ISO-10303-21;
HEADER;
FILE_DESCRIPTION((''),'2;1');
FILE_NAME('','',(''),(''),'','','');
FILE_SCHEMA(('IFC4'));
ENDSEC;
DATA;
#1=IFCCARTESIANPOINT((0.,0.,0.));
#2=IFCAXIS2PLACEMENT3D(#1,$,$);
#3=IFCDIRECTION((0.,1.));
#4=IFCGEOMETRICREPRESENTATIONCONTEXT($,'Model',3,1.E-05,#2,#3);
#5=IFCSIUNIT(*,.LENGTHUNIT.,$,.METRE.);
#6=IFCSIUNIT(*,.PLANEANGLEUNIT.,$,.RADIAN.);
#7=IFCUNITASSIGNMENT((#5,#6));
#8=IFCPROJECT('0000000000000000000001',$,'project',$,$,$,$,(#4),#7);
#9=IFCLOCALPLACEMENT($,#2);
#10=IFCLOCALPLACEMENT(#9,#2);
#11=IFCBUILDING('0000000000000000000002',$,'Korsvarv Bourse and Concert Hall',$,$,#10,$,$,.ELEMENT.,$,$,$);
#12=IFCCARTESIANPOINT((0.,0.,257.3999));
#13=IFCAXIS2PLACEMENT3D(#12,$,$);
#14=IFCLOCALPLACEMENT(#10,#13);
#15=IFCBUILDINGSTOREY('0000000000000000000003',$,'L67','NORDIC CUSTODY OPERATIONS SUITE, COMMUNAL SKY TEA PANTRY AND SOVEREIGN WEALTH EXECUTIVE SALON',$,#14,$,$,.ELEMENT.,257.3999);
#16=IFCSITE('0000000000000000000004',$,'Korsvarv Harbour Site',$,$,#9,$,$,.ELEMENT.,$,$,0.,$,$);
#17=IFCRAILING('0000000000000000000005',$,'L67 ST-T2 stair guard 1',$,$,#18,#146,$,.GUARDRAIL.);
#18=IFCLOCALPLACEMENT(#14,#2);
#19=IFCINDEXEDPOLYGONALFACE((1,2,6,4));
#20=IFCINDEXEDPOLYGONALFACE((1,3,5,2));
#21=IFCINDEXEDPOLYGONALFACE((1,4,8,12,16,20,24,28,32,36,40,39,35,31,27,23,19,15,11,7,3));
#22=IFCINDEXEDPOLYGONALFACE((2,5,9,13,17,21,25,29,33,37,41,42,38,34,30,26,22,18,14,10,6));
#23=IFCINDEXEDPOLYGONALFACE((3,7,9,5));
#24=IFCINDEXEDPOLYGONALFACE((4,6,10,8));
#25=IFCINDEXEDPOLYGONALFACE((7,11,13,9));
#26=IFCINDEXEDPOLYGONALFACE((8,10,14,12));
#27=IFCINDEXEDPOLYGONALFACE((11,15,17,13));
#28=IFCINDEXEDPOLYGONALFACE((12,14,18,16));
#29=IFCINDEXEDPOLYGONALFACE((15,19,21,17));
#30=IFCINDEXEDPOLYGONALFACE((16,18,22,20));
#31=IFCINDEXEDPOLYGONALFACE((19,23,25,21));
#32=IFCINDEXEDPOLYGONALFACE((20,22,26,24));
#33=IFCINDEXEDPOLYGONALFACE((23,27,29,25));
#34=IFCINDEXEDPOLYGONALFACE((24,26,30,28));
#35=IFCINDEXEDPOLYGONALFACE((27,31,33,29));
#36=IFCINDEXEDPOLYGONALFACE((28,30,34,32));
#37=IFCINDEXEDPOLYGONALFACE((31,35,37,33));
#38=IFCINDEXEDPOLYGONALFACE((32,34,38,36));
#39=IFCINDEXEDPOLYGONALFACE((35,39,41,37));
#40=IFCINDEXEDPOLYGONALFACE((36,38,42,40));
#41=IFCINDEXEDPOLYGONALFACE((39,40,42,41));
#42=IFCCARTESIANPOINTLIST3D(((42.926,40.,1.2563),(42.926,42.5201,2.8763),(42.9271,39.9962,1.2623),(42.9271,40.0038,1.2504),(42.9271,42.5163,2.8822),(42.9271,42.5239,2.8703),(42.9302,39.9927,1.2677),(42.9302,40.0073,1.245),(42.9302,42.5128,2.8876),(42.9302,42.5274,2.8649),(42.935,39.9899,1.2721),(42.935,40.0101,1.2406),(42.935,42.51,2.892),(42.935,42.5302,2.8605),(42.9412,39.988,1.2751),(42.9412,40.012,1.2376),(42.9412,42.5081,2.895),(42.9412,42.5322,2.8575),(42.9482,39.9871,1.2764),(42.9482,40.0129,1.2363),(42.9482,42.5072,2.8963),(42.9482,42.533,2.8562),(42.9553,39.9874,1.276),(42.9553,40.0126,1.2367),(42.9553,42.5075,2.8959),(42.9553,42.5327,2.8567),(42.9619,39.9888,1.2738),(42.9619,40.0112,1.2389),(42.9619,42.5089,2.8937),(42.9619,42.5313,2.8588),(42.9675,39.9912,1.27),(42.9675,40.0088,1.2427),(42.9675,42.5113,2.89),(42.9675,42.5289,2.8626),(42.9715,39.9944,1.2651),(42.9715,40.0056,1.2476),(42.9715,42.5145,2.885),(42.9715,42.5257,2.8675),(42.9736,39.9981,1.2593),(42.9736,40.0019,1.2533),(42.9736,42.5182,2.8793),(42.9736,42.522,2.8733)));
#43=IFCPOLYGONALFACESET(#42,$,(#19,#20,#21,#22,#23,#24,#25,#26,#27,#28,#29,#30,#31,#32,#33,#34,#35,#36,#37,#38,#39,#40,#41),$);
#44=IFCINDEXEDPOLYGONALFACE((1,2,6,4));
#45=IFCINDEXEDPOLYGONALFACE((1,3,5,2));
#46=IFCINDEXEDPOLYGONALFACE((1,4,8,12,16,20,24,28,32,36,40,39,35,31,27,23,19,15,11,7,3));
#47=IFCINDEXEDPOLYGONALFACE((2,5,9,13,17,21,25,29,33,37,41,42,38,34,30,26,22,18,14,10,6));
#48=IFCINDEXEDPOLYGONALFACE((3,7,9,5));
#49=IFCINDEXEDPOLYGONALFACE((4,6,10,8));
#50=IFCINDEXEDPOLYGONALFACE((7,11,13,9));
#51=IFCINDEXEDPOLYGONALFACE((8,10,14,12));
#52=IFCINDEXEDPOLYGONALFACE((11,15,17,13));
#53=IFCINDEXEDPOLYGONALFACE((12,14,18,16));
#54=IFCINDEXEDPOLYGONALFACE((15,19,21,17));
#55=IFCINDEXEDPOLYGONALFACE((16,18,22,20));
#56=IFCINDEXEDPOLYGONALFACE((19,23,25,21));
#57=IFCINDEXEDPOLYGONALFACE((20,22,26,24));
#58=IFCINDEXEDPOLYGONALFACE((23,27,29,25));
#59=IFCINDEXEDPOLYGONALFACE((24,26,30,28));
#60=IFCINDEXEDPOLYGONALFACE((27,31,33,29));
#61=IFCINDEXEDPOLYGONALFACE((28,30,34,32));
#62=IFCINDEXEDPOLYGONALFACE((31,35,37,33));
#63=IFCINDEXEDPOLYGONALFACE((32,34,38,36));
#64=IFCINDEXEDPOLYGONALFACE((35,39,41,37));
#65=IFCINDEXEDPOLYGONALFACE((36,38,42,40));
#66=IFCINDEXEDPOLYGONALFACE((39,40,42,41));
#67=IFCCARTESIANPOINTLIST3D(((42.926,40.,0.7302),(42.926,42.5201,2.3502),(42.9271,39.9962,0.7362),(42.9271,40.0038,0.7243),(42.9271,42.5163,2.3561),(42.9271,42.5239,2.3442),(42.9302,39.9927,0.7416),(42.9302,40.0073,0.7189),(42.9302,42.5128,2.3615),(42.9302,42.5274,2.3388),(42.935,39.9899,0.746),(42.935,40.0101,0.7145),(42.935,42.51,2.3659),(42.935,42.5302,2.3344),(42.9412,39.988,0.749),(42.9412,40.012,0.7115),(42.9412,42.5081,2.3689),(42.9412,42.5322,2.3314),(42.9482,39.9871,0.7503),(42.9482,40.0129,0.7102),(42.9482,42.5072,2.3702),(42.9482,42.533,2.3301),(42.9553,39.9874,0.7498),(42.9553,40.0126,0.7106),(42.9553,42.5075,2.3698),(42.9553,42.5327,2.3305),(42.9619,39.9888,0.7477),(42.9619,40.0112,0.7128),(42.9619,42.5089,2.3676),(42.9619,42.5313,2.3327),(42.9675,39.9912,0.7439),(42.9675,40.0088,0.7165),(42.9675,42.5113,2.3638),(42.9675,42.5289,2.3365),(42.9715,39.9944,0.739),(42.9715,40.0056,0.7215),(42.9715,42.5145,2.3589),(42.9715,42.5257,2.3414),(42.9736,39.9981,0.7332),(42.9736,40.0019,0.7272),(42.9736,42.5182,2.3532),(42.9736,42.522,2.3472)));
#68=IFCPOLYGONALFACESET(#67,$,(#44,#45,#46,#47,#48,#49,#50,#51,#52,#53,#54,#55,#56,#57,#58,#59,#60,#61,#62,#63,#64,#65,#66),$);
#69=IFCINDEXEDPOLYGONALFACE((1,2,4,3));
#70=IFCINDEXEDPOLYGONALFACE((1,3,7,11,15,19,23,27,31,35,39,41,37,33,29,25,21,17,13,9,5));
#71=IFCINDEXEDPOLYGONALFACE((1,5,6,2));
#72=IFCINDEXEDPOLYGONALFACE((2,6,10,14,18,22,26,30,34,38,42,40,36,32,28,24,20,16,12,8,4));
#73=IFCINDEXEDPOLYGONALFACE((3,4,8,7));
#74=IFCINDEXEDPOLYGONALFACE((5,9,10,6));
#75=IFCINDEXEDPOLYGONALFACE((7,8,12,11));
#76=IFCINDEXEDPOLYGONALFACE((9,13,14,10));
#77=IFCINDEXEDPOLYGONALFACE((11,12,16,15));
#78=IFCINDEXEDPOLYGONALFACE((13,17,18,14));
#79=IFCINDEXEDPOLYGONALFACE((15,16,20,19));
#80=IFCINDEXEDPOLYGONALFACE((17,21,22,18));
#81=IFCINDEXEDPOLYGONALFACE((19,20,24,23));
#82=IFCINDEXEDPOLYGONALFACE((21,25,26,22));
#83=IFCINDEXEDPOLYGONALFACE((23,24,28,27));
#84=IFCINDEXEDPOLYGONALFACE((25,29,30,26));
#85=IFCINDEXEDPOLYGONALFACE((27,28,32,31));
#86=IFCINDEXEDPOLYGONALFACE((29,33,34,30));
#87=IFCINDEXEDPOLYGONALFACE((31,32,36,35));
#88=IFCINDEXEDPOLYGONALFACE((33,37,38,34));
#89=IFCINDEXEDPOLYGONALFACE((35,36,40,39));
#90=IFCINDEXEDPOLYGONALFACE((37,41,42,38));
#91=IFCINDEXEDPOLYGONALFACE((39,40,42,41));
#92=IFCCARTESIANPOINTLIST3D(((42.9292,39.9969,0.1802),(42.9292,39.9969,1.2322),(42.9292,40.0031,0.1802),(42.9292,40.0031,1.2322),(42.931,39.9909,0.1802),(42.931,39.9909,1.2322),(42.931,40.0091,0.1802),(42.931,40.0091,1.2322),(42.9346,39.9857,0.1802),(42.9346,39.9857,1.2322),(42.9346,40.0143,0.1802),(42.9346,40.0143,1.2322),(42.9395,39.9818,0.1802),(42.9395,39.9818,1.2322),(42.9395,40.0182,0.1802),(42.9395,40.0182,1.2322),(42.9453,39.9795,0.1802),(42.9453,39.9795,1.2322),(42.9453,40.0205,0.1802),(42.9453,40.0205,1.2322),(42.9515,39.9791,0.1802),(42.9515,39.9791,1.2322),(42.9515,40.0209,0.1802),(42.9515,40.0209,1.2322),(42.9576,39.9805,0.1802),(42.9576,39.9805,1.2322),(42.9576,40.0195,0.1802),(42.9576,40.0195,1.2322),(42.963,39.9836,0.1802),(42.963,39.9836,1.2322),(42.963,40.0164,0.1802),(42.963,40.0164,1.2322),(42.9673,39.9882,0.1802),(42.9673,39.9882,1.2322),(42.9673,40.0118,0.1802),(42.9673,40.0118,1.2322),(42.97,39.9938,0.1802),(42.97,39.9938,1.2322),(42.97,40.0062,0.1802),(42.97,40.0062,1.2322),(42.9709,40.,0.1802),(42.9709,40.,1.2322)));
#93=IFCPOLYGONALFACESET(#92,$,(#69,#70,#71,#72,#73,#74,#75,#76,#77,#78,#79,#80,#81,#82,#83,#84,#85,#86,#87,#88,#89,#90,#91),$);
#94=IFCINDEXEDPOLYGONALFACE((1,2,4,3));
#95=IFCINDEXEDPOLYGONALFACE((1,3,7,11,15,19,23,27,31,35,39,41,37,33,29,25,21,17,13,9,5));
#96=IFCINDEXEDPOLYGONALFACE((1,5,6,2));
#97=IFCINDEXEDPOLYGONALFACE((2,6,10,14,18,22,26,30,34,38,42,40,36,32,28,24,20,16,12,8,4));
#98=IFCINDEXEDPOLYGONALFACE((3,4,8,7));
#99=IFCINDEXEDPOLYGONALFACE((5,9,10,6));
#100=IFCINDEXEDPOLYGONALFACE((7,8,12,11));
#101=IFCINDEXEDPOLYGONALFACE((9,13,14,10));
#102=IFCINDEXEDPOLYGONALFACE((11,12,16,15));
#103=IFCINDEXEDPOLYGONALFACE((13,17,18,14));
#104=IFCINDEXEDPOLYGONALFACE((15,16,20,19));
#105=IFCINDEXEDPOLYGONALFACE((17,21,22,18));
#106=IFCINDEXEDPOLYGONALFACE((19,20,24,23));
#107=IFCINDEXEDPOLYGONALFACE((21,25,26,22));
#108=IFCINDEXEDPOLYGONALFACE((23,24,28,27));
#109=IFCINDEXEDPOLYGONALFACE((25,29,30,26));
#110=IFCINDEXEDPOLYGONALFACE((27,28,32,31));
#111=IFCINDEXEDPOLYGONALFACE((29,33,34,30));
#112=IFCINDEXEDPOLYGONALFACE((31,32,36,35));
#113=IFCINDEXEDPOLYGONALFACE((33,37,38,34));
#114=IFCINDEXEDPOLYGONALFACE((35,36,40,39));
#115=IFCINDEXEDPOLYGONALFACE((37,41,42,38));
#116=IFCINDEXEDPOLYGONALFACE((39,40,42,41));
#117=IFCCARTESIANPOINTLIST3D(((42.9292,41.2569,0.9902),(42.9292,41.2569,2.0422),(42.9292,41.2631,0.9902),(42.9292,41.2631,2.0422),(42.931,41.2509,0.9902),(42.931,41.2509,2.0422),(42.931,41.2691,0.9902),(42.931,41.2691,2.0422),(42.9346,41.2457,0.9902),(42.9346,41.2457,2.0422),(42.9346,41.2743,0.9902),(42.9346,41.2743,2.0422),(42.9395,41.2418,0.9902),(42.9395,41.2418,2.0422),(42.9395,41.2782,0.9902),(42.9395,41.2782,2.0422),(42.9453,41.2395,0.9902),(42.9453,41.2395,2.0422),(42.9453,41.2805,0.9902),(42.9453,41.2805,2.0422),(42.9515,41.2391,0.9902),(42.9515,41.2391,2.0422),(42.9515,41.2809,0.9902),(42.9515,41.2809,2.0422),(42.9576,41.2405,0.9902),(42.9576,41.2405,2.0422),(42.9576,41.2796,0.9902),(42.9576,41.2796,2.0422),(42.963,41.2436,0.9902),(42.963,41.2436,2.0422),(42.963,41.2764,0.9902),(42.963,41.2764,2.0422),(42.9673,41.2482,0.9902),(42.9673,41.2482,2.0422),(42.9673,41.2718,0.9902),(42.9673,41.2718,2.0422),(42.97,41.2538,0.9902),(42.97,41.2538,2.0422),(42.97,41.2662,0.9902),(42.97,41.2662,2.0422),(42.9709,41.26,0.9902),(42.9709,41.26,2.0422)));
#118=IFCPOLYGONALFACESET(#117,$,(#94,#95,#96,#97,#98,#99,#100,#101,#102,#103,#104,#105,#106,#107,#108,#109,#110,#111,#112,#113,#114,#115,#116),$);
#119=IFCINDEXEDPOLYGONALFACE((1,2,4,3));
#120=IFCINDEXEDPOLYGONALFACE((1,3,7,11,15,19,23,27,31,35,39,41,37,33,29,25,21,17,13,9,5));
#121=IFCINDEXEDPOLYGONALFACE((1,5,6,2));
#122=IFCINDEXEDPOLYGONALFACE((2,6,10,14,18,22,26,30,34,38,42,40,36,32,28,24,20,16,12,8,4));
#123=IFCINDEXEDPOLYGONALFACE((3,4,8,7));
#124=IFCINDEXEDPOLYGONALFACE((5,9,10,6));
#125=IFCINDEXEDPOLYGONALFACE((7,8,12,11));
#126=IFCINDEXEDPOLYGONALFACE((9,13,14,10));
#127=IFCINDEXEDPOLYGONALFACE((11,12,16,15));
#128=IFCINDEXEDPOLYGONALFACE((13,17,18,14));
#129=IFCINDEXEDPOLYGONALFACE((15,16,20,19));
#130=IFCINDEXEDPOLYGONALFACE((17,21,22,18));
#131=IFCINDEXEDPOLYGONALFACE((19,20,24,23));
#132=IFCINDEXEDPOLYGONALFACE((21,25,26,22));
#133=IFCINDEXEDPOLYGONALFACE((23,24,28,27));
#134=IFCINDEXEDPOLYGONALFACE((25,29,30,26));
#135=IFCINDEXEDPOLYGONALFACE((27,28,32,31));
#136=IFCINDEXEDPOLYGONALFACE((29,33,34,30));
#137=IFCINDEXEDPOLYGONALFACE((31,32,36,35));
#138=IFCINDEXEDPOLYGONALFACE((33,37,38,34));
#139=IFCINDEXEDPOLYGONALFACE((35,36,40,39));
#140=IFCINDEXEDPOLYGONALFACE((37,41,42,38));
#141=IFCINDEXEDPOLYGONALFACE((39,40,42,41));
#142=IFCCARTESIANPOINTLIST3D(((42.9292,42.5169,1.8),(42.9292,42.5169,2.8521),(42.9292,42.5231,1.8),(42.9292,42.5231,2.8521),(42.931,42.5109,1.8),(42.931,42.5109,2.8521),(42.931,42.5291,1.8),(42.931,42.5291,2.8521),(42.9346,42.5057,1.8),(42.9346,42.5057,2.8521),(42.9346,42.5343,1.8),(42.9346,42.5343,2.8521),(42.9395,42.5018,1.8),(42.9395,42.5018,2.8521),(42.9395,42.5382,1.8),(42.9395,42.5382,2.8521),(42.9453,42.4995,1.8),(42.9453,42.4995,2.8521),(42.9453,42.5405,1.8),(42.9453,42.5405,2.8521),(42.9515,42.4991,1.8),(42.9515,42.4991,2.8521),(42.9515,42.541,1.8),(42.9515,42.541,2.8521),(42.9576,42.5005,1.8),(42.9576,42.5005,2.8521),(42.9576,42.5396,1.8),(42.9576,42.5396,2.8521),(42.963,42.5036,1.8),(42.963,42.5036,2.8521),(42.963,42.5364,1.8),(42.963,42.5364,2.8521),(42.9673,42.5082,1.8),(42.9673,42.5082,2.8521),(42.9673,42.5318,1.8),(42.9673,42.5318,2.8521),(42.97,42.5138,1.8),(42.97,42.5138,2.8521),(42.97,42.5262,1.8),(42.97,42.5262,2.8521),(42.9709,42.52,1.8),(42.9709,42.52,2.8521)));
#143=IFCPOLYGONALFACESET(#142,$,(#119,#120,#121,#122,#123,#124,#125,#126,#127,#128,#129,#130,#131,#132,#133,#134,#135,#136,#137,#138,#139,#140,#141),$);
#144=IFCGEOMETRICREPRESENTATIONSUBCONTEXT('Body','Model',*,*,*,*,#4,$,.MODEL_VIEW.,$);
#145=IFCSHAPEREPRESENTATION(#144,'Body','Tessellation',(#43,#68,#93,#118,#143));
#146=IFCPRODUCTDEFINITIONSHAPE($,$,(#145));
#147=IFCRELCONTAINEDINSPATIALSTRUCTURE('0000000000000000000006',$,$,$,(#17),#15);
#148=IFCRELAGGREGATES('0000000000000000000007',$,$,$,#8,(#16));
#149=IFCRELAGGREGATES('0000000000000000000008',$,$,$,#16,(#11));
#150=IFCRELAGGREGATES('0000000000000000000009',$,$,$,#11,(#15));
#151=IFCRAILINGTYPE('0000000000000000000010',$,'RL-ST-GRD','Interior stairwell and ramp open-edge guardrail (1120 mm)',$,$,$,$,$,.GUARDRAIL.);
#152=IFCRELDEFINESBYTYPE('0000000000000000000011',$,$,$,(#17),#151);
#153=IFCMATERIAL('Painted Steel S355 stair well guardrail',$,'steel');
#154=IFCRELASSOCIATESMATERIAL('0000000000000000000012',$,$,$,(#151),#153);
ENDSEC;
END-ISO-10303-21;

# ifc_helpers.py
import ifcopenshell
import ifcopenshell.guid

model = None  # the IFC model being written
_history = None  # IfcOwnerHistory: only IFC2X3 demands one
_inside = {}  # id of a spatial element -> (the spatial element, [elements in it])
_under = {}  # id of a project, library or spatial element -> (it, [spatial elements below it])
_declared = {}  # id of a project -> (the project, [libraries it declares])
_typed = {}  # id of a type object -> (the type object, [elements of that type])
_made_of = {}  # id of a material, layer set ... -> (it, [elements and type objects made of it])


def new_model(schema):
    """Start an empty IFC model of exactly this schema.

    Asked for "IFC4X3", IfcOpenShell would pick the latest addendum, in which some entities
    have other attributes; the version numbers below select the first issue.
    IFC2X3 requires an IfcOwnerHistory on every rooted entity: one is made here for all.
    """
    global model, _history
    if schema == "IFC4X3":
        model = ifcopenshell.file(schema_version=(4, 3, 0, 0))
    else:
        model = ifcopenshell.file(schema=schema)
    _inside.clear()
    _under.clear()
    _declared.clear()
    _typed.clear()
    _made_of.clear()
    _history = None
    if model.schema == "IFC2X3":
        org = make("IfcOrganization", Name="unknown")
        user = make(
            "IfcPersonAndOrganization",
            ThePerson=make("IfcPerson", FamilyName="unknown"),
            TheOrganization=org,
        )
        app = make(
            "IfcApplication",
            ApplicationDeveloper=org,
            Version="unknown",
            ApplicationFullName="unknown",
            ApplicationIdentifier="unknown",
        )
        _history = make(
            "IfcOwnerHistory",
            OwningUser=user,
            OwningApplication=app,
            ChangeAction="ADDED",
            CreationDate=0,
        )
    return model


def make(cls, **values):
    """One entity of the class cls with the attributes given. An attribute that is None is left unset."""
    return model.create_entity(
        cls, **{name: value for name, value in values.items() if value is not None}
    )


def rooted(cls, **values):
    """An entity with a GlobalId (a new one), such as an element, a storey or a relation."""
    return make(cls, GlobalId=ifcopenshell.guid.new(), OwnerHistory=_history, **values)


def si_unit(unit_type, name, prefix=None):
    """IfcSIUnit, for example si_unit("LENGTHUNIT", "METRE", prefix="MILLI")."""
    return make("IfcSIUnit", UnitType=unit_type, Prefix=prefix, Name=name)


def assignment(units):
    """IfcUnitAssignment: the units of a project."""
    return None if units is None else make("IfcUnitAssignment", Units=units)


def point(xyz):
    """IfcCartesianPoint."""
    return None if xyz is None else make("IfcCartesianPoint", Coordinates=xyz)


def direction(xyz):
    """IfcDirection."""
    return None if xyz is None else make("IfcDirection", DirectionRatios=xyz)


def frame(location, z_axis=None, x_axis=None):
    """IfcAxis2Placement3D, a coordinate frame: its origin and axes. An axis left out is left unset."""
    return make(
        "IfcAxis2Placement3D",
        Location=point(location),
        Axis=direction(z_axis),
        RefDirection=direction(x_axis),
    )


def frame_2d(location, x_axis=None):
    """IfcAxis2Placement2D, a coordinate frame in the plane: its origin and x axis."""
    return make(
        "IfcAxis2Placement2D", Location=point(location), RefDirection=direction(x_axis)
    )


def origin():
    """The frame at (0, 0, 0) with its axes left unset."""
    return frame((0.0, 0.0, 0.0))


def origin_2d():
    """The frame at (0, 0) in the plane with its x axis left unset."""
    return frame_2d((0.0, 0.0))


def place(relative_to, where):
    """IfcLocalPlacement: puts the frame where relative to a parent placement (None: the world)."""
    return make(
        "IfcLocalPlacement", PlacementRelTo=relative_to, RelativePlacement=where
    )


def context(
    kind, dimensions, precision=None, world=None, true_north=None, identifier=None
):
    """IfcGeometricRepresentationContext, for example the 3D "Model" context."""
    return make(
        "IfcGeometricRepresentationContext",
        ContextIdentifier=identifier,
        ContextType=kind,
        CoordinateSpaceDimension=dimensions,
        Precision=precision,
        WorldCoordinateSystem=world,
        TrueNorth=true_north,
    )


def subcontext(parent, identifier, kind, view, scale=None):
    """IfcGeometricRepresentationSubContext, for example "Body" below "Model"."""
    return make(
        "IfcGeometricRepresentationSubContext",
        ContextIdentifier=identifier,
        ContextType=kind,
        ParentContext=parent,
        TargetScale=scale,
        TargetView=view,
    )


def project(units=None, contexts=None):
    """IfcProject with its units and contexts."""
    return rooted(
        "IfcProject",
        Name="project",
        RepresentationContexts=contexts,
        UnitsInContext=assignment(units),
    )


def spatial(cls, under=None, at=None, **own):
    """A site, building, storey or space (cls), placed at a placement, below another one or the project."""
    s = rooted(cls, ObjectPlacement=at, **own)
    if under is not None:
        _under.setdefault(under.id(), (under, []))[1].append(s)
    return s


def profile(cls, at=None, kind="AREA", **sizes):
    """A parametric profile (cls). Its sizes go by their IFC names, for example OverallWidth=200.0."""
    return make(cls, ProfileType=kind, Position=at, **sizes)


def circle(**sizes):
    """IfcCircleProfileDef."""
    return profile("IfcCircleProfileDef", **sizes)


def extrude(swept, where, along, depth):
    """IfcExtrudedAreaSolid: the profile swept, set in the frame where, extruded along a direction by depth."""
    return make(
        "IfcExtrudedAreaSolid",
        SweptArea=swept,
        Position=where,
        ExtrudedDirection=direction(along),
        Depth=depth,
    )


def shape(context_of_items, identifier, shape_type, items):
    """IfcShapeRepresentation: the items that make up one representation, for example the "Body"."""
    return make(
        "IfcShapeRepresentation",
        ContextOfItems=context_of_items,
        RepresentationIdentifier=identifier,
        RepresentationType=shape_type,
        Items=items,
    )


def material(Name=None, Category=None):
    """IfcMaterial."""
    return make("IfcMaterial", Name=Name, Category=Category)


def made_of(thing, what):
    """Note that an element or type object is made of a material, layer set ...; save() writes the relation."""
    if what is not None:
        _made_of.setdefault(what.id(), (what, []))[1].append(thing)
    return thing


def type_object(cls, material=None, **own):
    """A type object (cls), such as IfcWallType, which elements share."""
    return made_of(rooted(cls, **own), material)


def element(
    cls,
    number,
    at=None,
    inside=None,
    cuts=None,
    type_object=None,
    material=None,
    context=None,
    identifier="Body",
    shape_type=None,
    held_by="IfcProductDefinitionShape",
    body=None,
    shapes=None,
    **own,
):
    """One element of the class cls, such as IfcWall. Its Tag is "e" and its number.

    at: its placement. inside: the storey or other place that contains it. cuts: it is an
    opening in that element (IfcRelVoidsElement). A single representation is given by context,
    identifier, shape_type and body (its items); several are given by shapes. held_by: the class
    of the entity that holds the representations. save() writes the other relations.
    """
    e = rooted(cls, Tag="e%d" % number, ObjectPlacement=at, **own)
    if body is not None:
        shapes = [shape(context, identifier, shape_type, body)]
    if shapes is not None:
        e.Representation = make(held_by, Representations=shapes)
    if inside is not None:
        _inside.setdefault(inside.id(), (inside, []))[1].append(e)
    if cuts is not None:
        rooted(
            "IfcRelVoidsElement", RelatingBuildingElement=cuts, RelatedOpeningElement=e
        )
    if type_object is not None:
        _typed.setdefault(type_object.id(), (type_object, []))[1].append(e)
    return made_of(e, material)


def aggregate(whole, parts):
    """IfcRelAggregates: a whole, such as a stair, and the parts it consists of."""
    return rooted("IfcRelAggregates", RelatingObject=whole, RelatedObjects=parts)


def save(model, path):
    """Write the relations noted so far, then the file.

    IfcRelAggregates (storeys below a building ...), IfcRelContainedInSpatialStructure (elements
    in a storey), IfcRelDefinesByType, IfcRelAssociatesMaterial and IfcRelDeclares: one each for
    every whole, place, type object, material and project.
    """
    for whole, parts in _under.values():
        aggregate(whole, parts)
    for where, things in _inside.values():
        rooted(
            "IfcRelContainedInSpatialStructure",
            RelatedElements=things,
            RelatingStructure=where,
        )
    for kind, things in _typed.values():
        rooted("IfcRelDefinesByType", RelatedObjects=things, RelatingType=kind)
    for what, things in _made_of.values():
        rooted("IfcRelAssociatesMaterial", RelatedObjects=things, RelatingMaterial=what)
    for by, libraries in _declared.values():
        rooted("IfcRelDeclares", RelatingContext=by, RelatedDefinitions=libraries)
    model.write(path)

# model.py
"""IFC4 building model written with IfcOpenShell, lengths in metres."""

from ifc_helpers import new_model, si_unit, direction, frame, origin, origin_2d, place, context, subcontext, project, spatial, circle, extrude, material, type_object, element, save


model = new_model("IFC4")

# Units and contexts
model_context = context("Model", 3, precision=1e-05, world=origin(), true_north=direction((0.0, 1.0)))
body_context = subcontext(model_context, "Body", "Model", "MODEL_VIEW")
ifc_project = project(units=[si_unit("LENGTHUNIT", "METRE"), si_unit("PLANEANGLEUNIT", "RADIAN")], contexts=[model_context])

# Site, building, storey
site_placement = place(None, origin())
site = spatial("IfcSite", under=ifc_project, at=site_placement, Name="Korsvarv Harbour Site", CompositionType="ELEMENT", RefElevation=0.0)
building_placement = place(site_placement, origin())
building = spatial("IfcBuilding", under=site, at=building_placement, Name="Korsvarv Bourse and Concert Hall", CompositionType="ELEMENT")
storey_placement = place(building_placement, frame((0.0, 0.0, 257.3999)))
storey = spatial("IfcBuildingStorey", under=building, at=storey_placement, Name="L67", Description="NORDIC CUSTODY OPERATIONS SUITE, COMMUNAL SKY TEA PANTRY AND SOVEREIGN WEALTH EXECUTIVE SALON", CompositionType="ELEMENT", Elevation=257.3999)

# Railing
ifc_material_1 = material(Name="Painted Steel S355 stair well guardrail", Category="steel")
railing_type_1 = type_object("IfcRailingType", Name="RL-ST-GRD", Description="Interior stairwell and ramp open-edge guardrail (1120 mm)", PredefinedType="GUARDRAIL", material=ifc_material_1)
railing_1_placement = place(storey_placement, frame((42.95, 40.0, 0.1802)))
element("IfcRailing", 1, at=railing_1_placement, inside=storey, type_object=railing_type_1, Name="L67 ST-T2 stair guard 1", PredefinedType="GUARDRAIL", context=body_context, shape_type="SweptSolid", body=[
    extrude(circle(Radius=0.0239, at=origin_2d()), frame((0.0, 0.0, 1.0762), z_axis=(0.0, 0.8412, 0.540725), x_axis=(-1.0, 0.0, 0.0)), (0.0, 0.0, 1.0), 2.9958),
    extrude(circle(Radius=0.0239, at=origin_2d()), frame((0.0, 0.0, 0.55), z_axis=(0.0, 0.8412, 0.540725), x_axis=(-1.0, 0.0, 0.0)), (0.0, 0.0, 1.0), 2.9958),
    extrude(circle(Radius=0.021, at=origin_2d()), origin(), (0.0, 0.0, 1.0), 1.052),
    extrude(circle(Radius=0.021, at=origin_2d()), frame((0.0, 1.26, 0.8101)), (0.0, 0.0, 1.0), 1.052),
    extrude(circle(Radius=0.021, at=origin_2d()), frame((0.0, 2.52, 1.6199)), (0.0, 0.0, 1.0), 1.052),
])

save(model, "model.ifc")
